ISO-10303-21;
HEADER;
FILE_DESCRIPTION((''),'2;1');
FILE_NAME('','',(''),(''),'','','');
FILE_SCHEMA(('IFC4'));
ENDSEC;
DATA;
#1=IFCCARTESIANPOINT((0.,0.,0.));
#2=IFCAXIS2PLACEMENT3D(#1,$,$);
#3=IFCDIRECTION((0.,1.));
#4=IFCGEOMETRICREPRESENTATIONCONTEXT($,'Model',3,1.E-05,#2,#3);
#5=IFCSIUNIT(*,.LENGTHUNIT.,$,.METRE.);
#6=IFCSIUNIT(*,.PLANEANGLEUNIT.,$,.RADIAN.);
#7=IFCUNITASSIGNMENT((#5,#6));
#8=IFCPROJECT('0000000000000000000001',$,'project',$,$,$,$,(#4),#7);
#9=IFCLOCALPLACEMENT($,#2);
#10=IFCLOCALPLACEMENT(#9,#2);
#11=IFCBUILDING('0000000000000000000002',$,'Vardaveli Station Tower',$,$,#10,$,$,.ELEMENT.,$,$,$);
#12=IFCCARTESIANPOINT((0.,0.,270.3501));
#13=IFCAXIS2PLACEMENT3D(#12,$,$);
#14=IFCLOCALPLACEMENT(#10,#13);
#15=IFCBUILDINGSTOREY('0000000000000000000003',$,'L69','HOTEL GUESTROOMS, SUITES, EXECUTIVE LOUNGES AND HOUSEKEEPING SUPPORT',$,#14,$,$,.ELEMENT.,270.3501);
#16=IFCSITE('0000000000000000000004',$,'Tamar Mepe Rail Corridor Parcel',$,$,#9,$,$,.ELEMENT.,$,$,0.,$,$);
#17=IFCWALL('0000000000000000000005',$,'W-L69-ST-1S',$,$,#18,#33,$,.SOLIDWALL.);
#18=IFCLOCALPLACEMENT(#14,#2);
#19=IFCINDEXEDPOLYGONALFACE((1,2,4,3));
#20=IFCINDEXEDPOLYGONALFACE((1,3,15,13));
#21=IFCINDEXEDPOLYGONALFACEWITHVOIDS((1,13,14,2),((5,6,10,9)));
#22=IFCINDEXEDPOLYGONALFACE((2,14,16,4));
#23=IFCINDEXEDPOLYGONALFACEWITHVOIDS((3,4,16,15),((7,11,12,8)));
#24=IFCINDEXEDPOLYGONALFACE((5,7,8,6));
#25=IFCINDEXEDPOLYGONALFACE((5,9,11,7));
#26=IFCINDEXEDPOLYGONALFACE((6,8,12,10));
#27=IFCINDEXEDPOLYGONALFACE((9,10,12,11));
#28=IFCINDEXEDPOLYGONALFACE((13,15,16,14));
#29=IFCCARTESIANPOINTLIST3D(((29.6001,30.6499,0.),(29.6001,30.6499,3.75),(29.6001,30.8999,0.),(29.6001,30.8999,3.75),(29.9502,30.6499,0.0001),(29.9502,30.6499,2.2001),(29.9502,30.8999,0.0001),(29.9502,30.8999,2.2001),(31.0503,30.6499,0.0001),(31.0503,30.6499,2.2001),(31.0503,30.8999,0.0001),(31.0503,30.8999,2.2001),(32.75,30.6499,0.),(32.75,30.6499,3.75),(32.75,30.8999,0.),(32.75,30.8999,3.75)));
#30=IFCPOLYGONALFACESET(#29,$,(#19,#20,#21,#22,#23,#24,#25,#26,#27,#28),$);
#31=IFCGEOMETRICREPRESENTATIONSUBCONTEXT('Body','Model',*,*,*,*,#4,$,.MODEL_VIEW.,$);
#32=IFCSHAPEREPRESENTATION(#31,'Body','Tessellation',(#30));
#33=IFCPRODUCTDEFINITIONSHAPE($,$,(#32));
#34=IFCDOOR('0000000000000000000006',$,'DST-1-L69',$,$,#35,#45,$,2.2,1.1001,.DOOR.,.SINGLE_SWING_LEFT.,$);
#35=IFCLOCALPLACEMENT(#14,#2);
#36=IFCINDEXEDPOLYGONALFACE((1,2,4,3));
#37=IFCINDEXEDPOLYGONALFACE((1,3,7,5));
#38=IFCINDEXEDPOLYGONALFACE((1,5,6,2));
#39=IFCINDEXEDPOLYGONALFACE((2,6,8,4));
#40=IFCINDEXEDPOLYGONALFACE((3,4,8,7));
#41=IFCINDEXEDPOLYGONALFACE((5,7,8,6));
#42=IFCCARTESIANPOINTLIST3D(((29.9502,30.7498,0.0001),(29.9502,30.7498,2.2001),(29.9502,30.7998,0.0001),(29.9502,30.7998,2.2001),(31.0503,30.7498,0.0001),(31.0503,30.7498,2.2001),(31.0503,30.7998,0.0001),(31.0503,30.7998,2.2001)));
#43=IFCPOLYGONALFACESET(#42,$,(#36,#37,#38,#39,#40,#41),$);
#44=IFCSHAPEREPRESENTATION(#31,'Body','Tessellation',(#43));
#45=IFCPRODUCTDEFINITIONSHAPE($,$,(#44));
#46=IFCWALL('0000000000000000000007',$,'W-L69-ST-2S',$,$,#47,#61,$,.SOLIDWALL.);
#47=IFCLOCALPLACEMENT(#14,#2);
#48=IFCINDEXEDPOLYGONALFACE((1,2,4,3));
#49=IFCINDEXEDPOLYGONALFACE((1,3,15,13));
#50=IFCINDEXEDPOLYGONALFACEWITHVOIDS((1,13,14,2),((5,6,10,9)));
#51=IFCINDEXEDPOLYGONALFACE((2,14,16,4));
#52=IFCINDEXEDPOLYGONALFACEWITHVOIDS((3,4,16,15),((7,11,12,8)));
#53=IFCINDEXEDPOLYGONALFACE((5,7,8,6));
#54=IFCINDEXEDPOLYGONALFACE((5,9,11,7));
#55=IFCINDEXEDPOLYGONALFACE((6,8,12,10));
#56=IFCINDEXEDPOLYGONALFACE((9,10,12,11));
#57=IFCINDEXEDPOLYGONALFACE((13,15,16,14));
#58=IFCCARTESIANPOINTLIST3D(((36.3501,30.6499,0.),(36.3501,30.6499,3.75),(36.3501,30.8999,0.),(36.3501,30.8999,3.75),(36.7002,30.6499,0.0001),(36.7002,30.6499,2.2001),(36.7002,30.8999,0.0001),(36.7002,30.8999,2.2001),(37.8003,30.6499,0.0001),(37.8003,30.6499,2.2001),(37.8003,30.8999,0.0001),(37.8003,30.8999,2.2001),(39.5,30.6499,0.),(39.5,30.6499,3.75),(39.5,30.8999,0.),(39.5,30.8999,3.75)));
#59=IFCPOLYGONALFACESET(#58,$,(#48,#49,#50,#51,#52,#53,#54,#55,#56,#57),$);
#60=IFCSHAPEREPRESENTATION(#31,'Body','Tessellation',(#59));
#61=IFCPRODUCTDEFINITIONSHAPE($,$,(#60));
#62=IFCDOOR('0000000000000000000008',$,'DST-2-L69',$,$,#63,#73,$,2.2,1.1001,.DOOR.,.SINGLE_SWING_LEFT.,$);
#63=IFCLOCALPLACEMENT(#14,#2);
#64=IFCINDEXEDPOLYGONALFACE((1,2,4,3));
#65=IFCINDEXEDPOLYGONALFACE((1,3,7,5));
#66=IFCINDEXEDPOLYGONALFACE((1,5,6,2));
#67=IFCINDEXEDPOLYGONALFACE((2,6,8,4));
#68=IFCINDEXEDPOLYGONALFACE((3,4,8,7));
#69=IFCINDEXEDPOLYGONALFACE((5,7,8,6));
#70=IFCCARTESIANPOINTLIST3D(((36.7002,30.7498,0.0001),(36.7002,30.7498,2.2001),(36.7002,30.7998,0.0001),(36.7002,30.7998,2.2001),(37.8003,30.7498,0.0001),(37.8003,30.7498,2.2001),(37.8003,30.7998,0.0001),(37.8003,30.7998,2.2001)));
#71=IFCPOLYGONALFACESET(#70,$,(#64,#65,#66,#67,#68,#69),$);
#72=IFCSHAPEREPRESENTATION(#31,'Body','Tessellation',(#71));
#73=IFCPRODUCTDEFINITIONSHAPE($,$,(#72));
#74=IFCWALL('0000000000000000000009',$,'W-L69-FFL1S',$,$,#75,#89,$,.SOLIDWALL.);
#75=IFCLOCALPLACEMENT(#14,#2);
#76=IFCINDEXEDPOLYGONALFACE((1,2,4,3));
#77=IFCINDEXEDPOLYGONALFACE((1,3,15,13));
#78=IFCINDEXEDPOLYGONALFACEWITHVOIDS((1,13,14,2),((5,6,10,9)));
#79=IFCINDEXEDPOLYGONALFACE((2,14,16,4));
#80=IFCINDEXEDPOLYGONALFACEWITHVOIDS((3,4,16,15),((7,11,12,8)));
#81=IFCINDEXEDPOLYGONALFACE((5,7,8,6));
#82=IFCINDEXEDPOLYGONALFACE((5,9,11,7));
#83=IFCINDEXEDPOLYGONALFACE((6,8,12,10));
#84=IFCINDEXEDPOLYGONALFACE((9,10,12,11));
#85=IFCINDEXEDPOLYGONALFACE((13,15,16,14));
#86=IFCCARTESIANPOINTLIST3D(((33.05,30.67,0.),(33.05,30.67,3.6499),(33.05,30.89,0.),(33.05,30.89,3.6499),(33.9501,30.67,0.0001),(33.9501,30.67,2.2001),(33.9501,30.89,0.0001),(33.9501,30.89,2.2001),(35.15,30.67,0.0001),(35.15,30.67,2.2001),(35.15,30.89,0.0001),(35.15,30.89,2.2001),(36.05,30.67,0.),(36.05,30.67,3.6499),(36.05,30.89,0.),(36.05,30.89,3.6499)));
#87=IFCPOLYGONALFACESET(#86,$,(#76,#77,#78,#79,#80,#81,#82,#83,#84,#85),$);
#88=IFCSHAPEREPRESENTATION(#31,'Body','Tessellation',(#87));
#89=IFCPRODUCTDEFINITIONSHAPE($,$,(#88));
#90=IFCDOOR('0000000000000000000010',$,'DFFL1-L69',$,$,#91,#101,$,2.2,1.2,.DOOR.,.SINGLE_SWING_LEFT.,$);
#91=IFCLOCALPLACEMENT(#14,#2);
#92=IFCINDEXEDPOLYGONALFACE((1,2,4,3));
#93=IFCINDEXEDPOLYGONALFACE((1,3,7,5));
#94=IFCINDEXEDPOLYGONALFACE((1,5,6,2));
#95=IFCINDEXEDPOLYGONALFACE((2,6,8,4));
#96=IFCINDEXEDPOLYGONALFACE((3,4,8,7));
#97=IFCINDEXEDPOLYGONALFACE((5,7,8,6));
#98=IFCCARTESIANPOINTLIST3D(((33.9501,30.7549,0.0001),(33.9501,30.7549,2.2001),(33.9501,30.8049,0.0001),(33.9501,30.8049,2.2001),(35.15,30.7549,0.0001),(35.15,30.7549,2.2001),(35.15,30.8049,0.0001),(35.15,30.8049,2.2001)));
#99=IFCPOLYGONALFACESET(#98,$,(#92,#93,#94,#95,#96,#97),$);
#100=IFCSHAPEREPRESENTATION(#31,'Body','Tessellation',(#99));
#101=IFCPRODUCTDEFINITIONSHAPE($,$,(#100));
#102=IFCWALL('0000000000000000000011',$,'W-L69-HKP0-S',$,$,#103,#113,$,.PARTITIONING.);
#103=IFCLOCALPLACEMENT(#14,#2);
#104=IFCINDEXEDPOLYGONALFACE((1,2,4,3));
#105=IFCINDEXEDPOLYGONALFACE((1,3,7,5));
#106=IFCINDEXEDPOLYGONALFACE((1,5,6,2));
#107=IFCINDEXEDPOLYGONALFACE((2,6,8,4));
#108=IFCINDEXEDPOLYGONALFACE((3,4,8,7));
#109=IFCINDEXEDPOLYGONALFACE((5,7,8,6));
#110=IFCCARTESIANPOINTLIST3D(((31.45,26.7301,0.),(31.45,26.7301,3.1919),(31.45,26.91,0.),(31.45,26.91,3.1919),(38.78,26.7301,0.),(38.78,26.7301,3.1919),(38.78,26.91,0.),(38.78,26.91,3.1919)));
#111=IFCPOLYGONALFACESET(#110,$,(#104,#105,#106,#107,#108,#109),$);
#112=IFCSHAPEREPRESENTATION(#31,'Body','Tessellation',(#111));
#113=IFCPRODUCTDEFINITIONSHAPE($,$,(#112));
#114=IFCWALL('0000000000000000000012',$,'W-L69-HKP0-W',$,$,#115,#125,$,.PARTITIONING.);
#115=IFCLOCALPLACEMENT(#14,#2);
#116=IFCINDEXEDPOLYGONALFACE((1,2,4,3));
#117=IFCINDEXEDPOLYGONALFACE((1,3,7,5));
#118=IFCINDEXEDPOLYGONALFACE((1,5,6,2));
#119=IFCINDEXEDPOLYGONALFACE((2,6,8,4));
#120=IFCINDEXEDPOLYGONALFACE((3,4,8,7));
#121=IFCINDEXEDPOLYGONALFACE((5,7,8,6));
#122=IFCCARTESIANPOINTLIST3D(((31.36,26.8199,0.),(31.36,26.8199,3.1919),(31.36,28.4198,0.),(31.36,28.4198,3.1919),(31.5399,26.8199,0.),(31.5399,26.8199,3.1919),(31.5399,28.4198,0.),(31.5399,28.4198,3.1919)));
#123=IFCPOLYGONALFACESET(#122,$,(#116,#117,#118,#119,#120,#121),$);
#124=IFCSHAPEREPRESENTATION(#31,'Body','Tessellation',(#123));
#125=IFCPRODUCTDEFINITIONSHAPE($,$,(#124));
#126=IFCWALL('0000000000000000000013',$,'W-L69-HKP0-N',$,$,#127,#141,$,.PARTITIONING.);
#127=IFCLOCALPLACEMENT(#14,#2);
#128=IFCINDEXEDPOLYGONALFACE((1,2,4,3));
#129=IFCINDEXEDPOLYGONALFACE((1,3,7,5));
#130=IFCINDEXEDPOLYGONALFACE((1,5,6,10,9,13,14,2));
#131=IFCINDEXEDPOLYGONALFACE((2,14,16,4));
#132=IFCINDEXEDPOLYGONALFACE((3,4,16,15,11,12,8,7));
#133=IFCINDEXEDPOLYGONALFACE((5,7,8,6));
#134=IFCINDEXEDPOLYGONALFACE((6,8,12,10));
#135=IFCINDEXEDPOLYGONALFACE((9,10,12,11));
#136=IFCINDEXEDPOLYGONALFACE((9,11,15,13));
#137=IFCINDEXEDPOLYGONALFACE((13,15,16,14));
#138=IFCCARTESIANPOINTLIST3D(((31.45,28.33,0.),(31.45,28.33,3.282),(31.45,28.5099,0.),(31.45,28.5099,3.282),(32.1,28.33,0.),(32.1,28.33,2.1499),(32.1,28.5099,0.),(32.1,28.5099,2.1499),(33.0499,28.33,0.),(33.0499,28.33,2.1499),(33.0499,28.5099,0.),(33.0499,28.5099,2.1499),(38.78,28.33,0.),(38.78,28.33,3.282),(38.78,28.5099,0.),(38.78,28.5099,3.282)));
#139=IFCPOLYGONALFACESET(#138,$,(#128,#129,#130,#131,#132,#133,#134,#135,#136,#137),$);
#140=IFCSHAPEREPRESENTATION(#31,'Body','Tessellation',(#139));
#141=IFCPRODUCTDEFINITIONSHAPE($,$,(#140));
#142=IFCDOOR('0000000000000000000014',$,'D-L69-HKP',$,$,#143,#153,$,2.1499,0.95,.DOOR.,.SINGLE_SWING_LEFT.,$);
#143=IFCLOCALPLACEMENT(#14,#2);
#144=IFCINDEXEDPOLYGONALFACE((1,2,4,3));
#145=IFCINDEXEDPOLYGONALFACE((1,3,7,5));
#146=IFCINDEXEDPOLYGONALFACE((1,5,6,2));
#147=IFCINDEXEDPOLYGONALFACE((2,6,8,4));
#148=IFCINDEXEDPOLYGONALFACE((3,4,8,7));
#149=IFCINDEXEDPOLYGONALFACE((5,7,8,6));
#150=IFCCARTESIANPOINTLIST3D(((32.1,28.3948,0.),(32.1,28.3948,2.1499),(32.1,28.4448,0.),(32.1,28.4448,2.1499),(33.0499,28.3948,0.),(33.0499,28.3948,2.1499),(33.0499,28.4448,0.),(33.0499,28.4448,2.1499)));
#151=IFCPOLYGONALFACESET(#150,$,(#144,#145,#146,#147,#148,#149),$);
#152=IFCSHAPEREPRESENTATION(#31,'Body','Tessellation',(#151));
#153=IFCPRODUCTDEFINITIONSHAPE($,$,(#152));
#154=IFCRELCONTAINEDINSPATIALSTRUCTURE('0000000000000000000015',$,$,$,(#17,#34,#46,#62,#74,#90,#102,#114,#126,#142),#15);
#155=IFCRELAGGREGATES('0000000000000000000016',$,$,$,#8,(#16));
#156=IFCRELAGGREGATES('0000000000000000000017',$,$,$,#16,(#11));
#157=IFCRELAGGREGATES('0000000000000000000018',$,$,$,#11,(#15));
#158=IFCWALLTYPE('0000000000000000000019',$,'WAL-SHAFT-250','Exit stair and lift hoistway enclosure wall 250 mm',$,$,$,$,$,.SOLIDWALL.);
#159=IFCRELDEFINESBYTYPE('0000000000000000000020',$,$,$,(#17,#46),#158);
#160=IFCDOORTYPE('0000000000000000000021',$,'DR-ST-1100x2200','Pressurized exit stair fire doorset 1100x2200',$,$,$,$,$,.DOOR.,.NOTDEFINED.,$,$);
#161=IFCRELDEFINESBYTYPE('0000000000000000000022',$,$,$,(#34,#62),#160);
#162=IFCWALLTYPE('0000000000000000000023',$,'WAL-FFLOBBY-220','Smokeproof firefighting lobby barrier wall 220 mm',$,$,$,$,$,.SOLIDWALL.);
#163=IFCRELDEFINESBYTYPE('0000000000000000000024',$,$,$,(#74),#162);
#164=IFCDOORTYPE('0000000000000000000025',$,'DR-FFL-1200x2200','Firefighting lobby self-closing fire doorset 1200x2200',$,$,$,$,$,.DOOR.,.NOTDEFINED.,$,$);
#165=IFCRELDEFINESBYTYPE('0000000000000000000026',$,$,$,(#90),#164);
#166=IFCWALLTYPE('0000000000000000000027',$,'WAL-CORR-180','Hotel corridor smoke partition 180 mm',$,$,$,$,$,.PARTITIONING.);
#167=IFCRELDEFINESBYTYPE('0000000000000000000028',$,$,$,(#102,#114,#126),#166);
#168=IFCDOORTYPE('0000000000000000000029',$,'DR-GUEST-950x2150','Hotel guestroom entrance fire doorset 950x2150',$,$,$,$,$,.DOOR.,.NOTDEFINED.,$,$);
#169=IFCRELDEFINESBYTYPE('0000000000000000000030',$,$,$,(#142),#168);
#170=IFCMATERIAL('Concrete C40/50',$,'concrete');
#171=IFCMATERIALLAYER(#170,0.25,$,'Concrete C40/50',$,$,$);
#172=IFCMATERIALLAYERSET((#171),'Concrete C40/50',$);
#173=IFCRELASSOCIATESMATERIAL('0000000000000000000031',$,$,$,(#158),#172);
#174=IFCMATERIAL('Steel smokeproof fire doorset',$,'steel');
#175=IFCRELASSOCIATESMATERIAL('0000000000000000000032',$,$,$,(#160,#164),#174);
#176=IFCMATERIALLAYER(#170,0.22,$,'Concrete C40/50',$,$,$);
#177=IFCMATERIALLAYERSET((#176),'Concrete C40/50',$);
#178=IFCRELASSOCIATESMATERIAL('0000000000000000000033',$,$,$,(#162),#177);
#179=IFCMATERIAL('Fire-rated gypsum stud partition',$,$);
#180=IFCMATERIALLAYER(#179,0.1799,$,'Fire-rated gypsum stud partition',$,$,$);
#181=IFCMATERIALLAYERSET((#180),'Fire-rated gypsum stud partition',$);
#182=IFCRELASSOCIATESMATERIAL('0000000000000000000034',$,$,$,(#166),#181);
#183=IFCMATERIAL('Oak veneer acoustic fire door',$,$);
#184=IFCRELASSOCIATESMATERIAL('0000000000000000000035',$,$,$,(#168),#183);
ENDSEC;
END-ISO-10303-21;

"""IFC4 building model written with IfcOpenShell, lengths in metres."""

from ifc_helpers import new_model, si_unit, direction, frame, frame_2d, origin, place, context, subcontext, project, spatial, rectangle, extrude, source, transform, mapped, material, layer, layer_set, type_object, element, fill, save


model = new_model("IFC4")

# Units and contexts
model_context = context("Model", 3, precision=1e-05, world=origin(), true_north=direction((0.0, 1.0)))
body_context = subcontext(model_context, "Body", "Model", "MODEL_VIEW")
ifc_project = project(units=[si_unit("LENGTHUNIT", "METRE"), si_unit("PLANEANGLEUNIT", "RADIAN")], contexts=[model_context])

# Site, building, storey
site_placement = place(None, origin())
site = spatial("IfcSite", under=ifc_project, at=site_placement, Name="Tamar Mepe Rail Corridor Parcel", CompositionType="ELEMENT", RefElevation=0.0)
building_placement = place(site_placement, origin())
building = spatial("IfcBuilding", under=site, at=building_placement, Name="Vardaveli Station Tower", CompositionType="ELEMENT")
storey_placement = place(building_placement, frame((0.0, 0.0, 270.3501)))
storey = spatial("IfcBuildingStorey", under=building, at=storey_placement, Name="L69", Description="HOTEL GUESTROOMS, SUITES, EXECUTIVE LOUNGES AND HOUSEKEEPING SUPPORT", CompositionType="ELEMENT", Elevation=270.3501)

# Shared definitions
ifc_material_1 = material(Name="Concrete C40/50", Category="concrete")
ifc_layer_1 = layer(ifc_material_1, 0.25, Name="Concrete C40/50")
ifc_layer_set_1 = layer_set([ifc_layer_1], Name="Concrete C40/50")
wall_type_1 = type_object("IfcWallType", Name="WAL-SHAFT-250", Description="Exit stair and lift hoistway enclosure wall 250 mm", PredefinedType="SOLIDWALL", material=ifc_layer_set_1)

# Walls, openings, doors
shared_shape_1 = source(origin(), body_context, "Body", "SweptSolid", [
    extrude(rectangle(XDim=3.1499, YDim=0.25, at=frame_2d((1.575, 0.0))), origin(), (0.0, 0.0, 1.0), 3.75),
])
wall_1_placement = place(storey_placement, frame((29.6001, 30.7749, 0.0), z_axis=(0.0, 0.0, 1.0), x_axis=(1.0, 0.0, 0.0)))
wall_1 = element("IfcWall", 1, at=wall_1_placement, inside=storey, type_object=wall_type_1, Name="W-L69-ST-1S", PredefinedType="SOLIDWALL", context=body_context, shape_type="MappedRepresentation", body=[
    mapped(shared_shape_1, transform((0.0, 0.0, 0.0), scale=1.0)),
])
shared_shape_2 = source(origin(), body_context, "Body", "SweptSolid", [
    extrude(rectangle(XDim=1.1001, YDim=2.2, at=frame_2d((0.55, 1.1001))), frame((0.0, 0.135, 0.0), z_axis=(0.0, -1.0, 0.0), x_axis=(1.0, 0.0, 0.0)), (0.0, 0.0, 1.0), 0.27),
])
opening_1_placement = place(wall_1_placement, frame((0.3501, 0.0, 0.0)))
opening_1 = element("IfcOpeningElement", 2, at=opening_1_placement, cuts=wall_1, PredefinedType="OPENING", context=body_context, shape_type="MappedRepresentation", body=[
    mapped(shared_shape_2, transform((0.0, 0.0, 0.0), scale=1.0)),
])
ifc_material_2 = material(Name="Steel smokeproof fire doorset", Category="steel")
door_type_1 = type_object("IfcDoorType", Name="DR-ST-1100x2200", Description="Pressurized exit stair fire doorset 1100x2200", OperationType="NOTDEFINED", PredefinedType="DOOR", material=ifc_material_2)
shared_shape_3 = source(origin(), body_context, "Body", "SweptSolid", [
    extrude(rectangle(XDim=1.1001, YDim=2.2, at=frame_2d((0.55, 1.1001))), frame((0.0, 0.0249, 0.0), z_axis=(0.0, -1.0, 0.0), x_axis=(1.0, 0.0, 0.0)), (0.0, 0.0, 1.0), 0.05),
])
door_1_placement = place(opening_1_placement, origin())
door_1 = element("IfcDoor", 3, at=door_1_placement, inside=storey, type_object=door_type_1, Name="DST-1-L69", OperationType="SINGLE_SWING_LEFT", OverallHeight=2.2, OverallWidth=1.1001, PredefinedType="DOOR", context=body_context, shape_type="MappedRepresentation", body=[
    mapped(shared_shape_3, transform((0.0, 0.0, 0.0), scale=1.0)),
])
fill(opening_1, door_1)
wall_2_placement = place(storey_placement, frame((36.3501, 30.7749, 0.0), z_axis=(0.0, 0.0, 1.0), x_axis=(1.0, 0.0, 0.0)))
wall_2 = element("IfcWall", 4, at=wall_2_placement, inside=storey, type_object=wall_type_1, Name="W-L69-ST-2S", PredefinedType="SOLIDWALL", context=body_context, shape_type="MappedRepresentation", body=[
    mapped(shared_shape_1, transform((0.0, 0.0, 0.0), scale=1.0)),
])
opening_2_placement = place(wall_2_placement, frame((0.3501, 0.0, 0.0)))
opening_2 = element("IfcOpeningElement", 5, at=opening_2_placement, cuts=wall_2, PredefinedType="OPENING", context=body_context, shape_type="MappedRepresentation", body=[
    mapped(shared_shape_2, transform((0.0, 0.0, 0.0), scale=1.0)),
])
door_2_placement = place(opening_2_placement, origin())
door_2 = element("IfcDoor", 6, at=door_2_placement, inside=storey, type_object=door_type_1, Name="DST-2-L69", OperationType="SINGLE_SWING_LEFT", OverallHeight=2.2, OverallWidth=1.1001, PredefinedType="DOOR", context=body_context, shape_type="MappedRepresentation", body=[
    mapped(shared_shape_3, transform((0.0, 0.0, 0.0), scale=1.0)),
])
fill(opening_2, door_2)
ifc_layer_2 = layer(ifc_material_1, 0.22, Name="Concrete C40/50")
ifc_layer_set_2 = layer_set([ifc_layer_2], Name="Concrete C40/50")
wall_type_2 = type_object("IfcWallType", Name="WAL-FFLOBBY-220", Description="Smokeproof firefighting lobby barrier wall 220 mm", PredefinedType="SOLIDWALL", material=ifc_layer_set_2)
shared_shape_4 = source(origin(), body_context, "Body", "SweptSolid", [
    extrude(rectangle(XDim=3.0, YDim=0.22, at=frame_2d((1.5, 0.0))), origin(), (0.0, 0.0, 1.0), 3.6499),
])
wall_3_placement = place(storey_placement, frame((33.05, 30.78, 0.0), z_axis=(0.0, 0.0, 1.0), x_axis=(1.0, 0.0, 0.0)))
wall_3 = element("IfcWall", 7, at=wall_3_placement, inside=storey, type_object=wall_type_2, Name="W-L69-FFL1S", PredefinedType="SOLIDWALL", context=body_context, shape_type="MappedRepresentation", body=[
    mapped(shared_shape_4, transform((0.0, 0.0, 0.0), scale=1.0)),
])
shared_shape_5 = source(origin(), body_context, "Body", "SweptSolid", [
    extrude(rectangle(XDim=1.2, YDim=2.2, at=frame_2d((0.6001, 1.1001))), frame((0.0, 0.1201, 0.0), z_axis=(0.0, -1.0, 0.0), x_axis=(1.0, 0.0, 0.0)), (0.0, 0.0, 1.0), 0.24),
])
opening_3_placement = place(wall_3_placement, frame((0.8999, 0.0, 0.0)))
opening_3 = element("IfcOpeningElement", 8, at=opening_3_placement, cuts=wall_3, PredefinedType="OPENING", context=body_context, shape_type="MappedRepresentation", body=[
    mapped(shared_shape_5, transform((0.0, 0.0, 0.0), scale=1.0)),
])
door_type_2 = type_object("IfcDoorType", Name="DR-FFL-1200x2200", Description="Firefighting lobby self-closing fire doorset 1200x2200", OperationType="NOTDEFINED", PredefinedType="DOOR", material=ifc_material_2)
shared_shape_6 = source(origin(), body_context, "Body", "SweptSolid", [
    extrude(rectangle(XDim=1.2, YDim=2.2, at=frame_2d((0.6001, 1.1001))), frame((0.0, 0.0249, 0.0), z_axis=(0.0, -1.0, 0.0), x_axis=(1.0, 0.0, 0.0)), (0.0, 0.0, 1.0), 0.05),
])
door_3_placement = place(opening_3_placement, origin())
door_3 = element("IfcDoor", 9, at=door_3_placement, inside=storey, type_object=door_type_2, Name="DFFL1-L69", OperationType="SINGLE_SWING_LEFT", OverallHeight=2.2, OverallWidth=1.2, PredefinedType="DOOR", context=body_context, shape_type="MappedRepresentation", body=[
    mapped(shared_shape_6, transform((0.0, 0.0, 0.0), scale=1.0)),
])
fill(opening_3, door_3)

# Walls
ifc_material_3 = material(Name="Fire-rated gypsum stud partition")
ifc_layer_3 = layer(ifc_material_3, 0.1799, Name="Fire-rated gypsum stud partition")
ifc_layer_set_3 = layer_set([ifc_layer_3], Name="Fire-rated gypsum stud partition")
wall_type_3 = type_object("IfcWallType", Name="WAL-CORR-180", Description="Hotel corridor smoke partition 180 mm", PredefinedType="PARTITIONING", material=ifc_layer_set_3)
shared_shape_7 = source(origin(), body_context, "Body", "SweptSolid", [
    extrude(rectangle(XDim=7.3301, YDim=0.1799, at=frame_2d((3.665, 0.0))), origin(), (0.0, 0.0, 1.0), 3.1919),
])
wall_4_placement = place(storey_placement, frame((31.45, 26.8201, 0.0), z_axis=(0.0, 0.0, 1.0), x_axis=(1.0, 0.0, 0.0)))
element("IfcWall", 10, at=wall_4_placement, inside=storey, type_object=wall_type_3, Name="W-L69-HKP0-S", PredefinedType="PARTITIONING", context=body_context, shape_type="MappedRepresentation", body=[
    mapped(shared_shape_7, transform((0.0, 0.0, 0.0), scale=1.0)),
])
shared_shape_8 = source(origin(), body_context, "Body", "SweptSolid", [
    extrude(rectangle(XDim=1.5999, YDim=0.1799, at=frame_2d((0.7998, 0.0))), origin(), (0.0, 0.0, 1.0), 3.1919),
])
wall_5_placement = place(storey_placement, frame((31.45, 26.8201, 0.0), z_axis=(0.0, 0.0, 1.0), x_axis=(0.0, 1.0, 0.0)))
element("IfcWall", 11, at=wall_5_placement, inside=storey, type_object=wall_type_3, Name="W-L69-HKP0-W", PredefinedType="PARTITIONING", context=body_context, shape_type="MappedRepresentation", body=[
    mapped(shared_shape_8, transform((0.0, 0.0, 0.0), scale=1.0)),
])

# Wall, opening, door
shared_shape_9 = source(origin(), body_context, "Body", "SweptSolid", [
    extrude(rectangle(XDim=7.3301, YDim=0.1799, at=frame_2d((3.665, 0.0))), origin(), (0.0, 0.0, 1.0), 3.282),
])
wall_6_placement = place(storey_placement, frame((31.45, 28.4199, 0.0), z_axis=(0.0, 0.0, 1.0), x_axis=(1.0, 0.0, 0.0)))
wall_6 = element("IfcWall", 12, at=wall_6_placement, inside=storey, type_object=wall_type_3, Name="W-L69-HKP0-N", PredefinedType="PARTITIONING", context=body_context, shape_type="MappedRepresentation", body=[
    mapped(shared_shape_9, transform((0.0, 0.0, 0.0), scale=1.0)),
])
shared_shape_10 = source(origin(), body_context, "Body", "SweptSolid", [
    extrude(rectangle(XDim=0.95, YDim=2.1499, at=frame_2d((0.4751, 1.075))), frame((0.0, 0.1001, 0.0), z_axis=(0.0, -1.0, 0.0), x_axis=(1.0, 0.0, 0.0)), (0.0, 0.0, 1.0), 0.2),
])
opening_4_placement = place(wall_6_placement, frame((0.6499, 0.0, 0.0)))
opening_4 = element("IfcOpeningElement", 13, at=opening_4_placement, cuts=wall_6, PredefinedType="OPENING", context=body_context, shape_type="MappedRepresentation", body=[
    mapped(shared_shape_10, transform((0.0, 0.0, 0.0), scale=1.0)),
])
ifc_material_4 = material(Name="Oak veneer acoustic fire door")
door_type_3 = type_object("IfcDoorType", Name="DR-GUEST-950x2150", Description="Hotel guestroom entrance fire doorset 950x2150", OperationType="NOTDEFINED", PredefinedType="DOOR", material=ifc_material_4)
shared_shape_11 = source(origin(), body_context, "Body", "SweptSolid", [
    extrude(rectangle(XDim=0.95, YDim=2.1499, at=frame_2d((0.4751, 1.075))), frame((0.0, 0.0249, 0.0), z_axis=(0.0, -1.0, 0.0), x_axis=(1.0, 0.0, 0.0)), (0.0, 0.0, 1.0), 0.05),
])
door_4_placement = place(opening_4_placement, origin())
door_4 = element("IfcDoor", 14, at=door_4_placement, inside=storey, type_object=door_type_3, Name="D-L69-HKP", OperationType="SINGLE_SWING_LEFT", OverallHeight=2.1499, OverallWidth=0.95, PredefinedType="DOOR", context=body_context, shape_type="MappedRepresentation", body=[
    mapped(shared_shape_11, transform((0.0, 0.0, 0.0), scale=1.0)),
])
fill(opening_4, door_4)

save(model, "model.ifc")
